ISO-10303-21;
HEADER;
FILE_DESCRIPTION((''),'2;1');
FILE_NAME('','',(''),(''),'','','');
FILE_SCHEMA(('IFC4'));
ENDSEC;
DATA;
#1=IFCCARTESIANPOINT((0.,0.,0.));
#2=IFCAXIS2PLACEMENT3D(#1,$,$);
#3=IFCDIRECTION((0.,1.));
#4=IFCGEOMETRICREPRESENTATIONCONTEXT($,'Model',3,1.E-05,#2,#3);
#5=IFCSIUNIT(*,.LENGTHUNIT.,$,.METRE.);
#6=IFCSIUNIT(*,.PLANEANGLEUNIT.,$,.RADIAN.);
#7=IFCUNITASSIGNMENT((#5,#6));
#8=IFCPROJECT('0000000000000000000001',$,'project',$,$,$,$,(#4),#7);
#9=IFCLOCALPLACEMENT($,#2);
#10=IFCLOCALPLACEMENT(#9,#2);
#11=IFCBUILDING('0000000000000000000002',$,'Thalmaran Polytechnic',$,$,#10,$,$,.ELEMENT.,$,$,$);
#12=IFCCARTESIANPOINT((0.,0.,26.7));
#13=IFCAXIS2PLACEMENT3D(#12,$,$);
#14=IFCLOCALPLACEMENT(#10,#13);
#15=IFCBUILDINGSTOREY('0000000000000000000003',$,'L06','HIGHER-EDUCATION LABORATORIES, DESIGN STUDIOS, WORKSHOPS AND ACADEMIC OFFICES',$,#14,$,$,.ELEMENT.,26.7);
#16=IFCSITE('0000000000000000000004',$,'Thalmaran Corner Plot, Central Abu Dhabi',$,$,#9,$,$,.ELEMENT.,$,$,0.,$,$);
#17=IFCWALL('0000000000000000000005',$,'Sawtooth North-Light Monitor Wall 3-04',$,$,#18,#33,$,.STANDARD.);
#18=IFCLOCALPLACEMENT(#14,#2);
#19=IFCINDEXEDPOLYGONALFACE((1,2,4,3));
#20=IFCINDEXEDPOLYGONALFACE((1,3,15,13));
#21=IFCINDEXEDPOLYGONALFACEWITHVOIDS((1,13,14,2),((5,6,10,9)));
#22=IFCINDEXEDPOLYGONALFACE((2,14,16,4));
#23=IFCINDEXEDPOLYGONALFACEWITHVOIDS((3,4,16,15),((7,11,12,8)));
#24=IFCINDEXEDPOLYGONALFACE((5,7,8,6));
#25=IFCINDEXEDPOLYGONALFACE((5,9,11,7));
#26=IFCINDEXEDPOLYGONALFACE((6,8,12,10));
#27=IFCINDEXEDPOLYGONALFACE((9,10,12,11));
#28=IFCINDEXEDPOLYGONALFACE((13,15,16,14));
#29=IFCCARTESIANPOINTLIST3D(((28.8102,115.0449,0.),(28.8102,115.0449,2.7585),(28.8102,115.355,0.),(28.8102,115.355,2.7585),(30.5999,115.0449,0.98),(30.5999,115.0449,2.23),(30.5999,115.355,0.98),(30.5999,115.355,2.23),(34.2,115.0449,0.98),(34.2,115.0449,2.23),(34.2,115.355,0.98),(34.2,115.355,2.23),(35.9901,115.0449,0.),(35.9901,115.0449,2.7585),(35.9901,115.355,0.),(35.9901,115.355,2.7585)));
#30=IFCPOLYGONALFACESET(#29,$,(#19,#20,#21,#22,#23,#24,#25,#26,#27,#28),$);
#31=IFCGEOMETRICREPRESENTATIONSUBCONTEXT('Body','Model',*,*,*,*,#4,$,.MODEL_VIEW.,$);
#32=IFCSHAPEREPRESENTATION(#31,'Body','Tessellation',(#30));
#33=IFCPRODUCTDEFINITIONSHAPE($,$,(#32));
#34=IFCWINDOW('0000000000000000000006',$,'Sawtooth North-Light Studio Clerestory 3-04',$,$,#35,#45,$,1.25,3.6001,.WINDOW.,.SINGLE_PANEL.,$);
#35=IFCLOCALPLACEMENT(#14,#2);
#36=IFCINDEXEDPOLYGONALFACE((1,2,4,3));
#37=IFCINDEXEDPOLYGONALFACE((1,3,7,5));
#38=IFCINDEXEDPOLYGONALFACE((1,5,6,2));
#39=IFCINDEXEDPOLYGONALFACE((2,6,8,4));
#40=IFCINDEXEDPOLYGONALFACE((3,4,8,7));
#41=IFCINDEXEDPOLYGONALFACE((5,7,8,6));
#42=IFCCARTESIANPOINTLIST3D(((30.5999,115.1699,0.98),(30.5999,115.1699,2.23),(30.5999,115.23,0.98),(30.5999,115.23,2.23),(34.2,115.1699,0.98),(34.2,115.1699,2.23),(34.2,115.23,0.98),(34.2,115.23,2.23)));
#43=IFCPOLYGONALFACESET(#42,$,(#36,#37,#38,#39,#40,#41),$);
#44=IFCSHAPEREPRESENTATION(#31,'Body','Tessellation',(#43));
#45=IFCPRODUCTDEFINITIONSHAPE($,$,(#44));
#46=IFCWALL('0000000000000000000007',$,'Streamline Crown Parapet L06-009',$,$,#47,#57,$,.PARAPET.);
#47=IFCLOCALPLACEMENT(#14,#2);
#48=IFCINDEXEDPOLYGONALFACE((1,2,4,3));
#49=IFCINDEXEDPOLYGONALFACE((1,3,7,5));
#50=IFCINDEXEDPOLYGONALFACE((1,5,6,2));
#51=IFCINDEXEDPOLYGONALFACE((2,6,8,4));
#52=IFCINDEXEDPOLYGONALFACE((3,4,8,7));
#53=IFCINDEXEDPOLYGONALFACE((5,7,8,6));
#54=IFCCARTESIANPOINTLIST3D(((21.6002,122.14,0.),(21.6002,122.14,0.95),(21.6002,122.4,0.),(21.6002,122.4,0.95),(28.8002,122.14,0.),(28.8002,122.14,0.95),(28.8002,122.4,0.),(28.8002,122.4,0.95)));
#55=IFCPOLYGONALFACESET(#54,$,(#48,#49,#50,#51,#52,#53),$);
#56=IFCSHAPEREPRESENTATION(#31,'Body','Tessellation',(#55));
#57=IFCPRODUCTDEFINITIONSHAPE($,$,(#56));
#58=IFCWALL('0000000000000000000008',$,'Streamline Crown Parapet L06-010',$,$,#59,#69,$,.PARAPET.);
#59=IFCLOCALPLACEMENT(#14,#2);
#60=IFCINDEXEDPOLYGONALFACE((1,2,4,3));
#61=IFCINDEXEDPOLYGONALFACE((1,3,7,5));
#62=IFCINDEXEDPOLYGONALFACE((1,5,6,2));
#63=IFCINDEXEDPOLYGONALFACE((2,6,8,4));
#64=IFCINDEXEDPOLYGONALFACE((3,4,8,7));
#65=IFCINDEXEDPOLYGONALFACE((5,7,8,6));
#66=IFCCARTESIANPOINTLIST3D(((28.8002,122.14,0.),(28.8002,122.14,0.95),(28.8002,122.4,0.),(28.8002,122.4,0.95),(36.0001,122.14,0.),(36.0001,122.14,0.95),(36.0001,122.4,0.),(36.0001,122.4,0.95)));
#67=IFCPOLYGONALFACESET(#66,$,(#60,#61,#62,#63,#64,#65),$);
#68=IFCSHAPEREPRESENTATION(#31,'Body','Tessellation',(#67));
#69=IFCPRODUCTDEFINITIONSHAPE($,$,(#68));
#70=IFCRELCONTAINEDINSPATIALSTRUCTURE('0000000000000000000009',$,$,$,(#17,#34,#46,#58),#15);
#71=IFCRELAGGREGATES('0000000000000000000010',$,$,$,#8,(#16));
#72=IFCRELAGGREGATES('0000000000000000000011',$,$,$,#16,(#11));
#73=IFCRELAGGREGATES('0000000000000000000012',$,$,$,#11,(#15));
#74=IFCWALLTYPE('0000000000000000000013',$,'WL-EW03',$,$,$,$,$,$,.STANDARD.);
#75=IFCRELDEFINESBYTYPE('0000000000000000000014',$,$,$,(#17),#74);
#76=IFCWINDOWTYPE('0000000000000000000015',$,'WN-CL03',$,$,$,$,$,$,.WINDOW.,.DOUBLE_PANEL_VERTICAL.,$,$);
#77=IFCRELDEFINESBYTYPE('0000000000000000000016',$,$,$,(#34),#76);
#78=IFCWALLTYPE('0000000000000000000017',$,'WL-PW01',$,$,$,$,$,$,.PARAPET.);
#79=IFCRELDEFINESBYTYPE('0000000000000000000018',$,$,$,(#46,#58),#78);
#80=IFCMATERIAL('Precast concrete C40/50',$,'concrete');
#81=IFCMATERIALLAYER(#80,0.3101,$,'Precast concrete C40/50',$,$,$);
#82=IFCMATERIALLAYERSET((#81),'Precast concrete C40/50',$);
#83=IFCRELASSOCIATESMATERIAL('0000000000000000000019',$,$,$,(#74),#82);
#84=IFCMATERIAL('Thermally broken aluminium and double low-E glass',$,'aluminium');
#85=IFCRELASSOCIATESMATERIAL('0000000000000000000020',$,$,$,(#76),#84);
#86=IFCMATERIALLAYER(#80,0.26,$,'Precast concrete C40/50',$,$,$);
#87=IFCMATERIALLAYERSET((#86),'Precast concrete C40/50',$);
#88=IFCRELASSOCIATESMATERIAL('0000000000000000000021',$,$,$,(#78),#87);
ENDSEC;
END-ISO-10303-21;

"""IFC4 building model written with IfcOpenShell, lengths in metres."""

from ifc_helpers import new_model, si_unit, direction, frame, frame_2d, origin, place, context, subcontext, project, spatial, rectangle, extrude, material, layer, layer_set, type_object, element, fill, save


model = new_model("IFC4")

# Units and contexts
model_context = context("Model", 3, precision=1e-05, world=origin(), true_north=direction((0.0, 1.0)))
body_context = subcontext(model_context, "Body", "Model", "MODEL_VIEW")
ifc_project = project(units=[si_unit("LENGTHUNIT", "METRE"), si_unit("PLANEANGLEUNIT", "RADIAN")], contexts=[model_context])

# Site, building, storey
site_placement = place(None, origin())
site = spatial("IfcSite", under=ifc_project, at=site_placement, Name="Thalmaran Corner Plot, Central Abu Dhabi", CompositionType="ELEMENT", RefElevation=0.0)
building_placement = place(site_placement, origin())
building = spatial("IfcBuilding", under=site, at=building_placement, Name="Thalmaran Polytechnic", CompositionType="ELEMENT")
storey_placement = place(building_placement, frame((0.0, 0.0, 26.7)))
storey = spatial("IfcBuildingStorey", under=building, at=storey_placement, Name="L06", Description="HIGHER-EDUCATION LABORATORIES, DESIGN STUDIOS, WORKSHOPS AND ACADEMIC OFFICES", CompositionType="ELEMENT", Elevation=26.7)

# Wall, opening, window
ifc_material_1 = material(Name="Precast concrete C40/50", Category="concrete")
ifc_layer_1 = layer(ifc_material_1, 0.3101, Name="Precast concrete C40/50")
ifc_layer_set_1 = layer_set([ifc_layer_1], Name="Precast concrete C40/50")
wall_type_1 = type_object("IfcWallType", Name="WL-EW03", PredefinedType="STANDARD", material=ifc_layer_set_1)
ifc_material_2 = material(Name="Thermally broken aluminium and double low-E glass", Category="aluminium")
window_type = type_object("IfcWindowType", Name="WN-CL03", PartitioningType="DOUBLE_PANEL_VERTICAL", PredefinedType="WINDOW", material=ifc_material_2)
wall_1_placement = place(storey_placement, frame((35.99, 115.2, 0.0), z_axis=(0.0, 0.0, 1.0), x_axis=(-1.0, 0.0, 0.0)))
wall_1 = element("IfcWall", 1, at=wall_1_placement, inside=storey, type_object=wall_type_1, Name="Sawtooth North-Light Monitor Wall 3-04", PredefinedType="STANDARD", context=body_context, shape_type="SweptSolid", body=[
    extrude(rectangle(XDim=7.1799, YDim=0.3101, at=frame_2d((3.5898, 0.0))), origin(), (0.0, 0.0, 1.0), 2.7585),
])
opening_1_placement = place(wall_1_placement, frame((1.79, 0.0, 0.98)))
opening_1 = element("IfcOpeningElement", 2, at=opening_1_placement, cuts=wall_1, PredefinedType="OPENING", context=body_context, shape_type="SweptSolid", body=[
    extrude(rectangle(XDim=3.6001, YDim=1.25, at=frame_2d((1.8, 0.625))), frame((0.0, 0.165, 0.0), z_axis=(0.0, -1.0, 0.0), x_axis=(1.0, 0.0, 0.0)), (0.0, 0.0, 1.0), 0.3301),
])
window_1_placement = place(opening_1_placement, origin())
window_1 = element("IfcWindow", 3, at=window_1_placement, inside=storey, type_object=window_type, Name="Sawtooth North-Light Studio Clerestory 3-04", OverallHeight=1.25, OverallWidth=3.6001, PartitioningType="SINGLE_PANEL", PredefinedType="WINDOW", context=body_context, shape_type="SweptSolid", body=[
    extrude(rectangle(XDim=3.6001, YDim=1.25, at=frame_2d((1.8, 0.625))), frame((0.0, 0.03, 0.0), z_axis=(0.0, -1.0, 0.0), x_axis=(1.0, 0.0, 0.0)), (0.0, 0.0, 1.0), 0.0601),
])
fill(opening_1, window_1)

# Walls
ifc_layer_2 = layer(ifc_material_1, 0.26, Name="Precast concrete C40/50")
ifc_layer_set_2 = layer_set([ifc_layer_2], Name="Precast concrete C40/50")
wall_type_2 = type_object("IfcWallType", Name="WL-PW01", PredefinedType="PARAPET", material=ifc_layer_set_2)
for number, where, z_axis, x_axis, name in (
    (4, (21.6001, 122.27, 0.0), (0.0, 0.0, 1.0), (1.0, 0.0, 0.0), "Streamline Crown Parapet L06-009"),
    (5, (28.8, 122.27, 0.0), (0.0, 0.0, 1.0), (1.0, 0.0, 0.0), "Streamline Crown Parapet L06-010"),
):
    element("IfcWall", number, at=place(storey_placement, frame(where, z_axis=z_axis, x_axis=x_axis)), inside=storey, type_object=wall_type_2, Name=name, PredefinedType="PARAPET", context=body_context, shape_type="SweptSolid", body=[
        extrude(rectangle(XDim=7.2, YDim=0.26, at=frame_2d((3.6001, 0.0))), origin(), (0.0, 0.0, 1.0), 0.95),
    ])

save(model, "model.ifc")
